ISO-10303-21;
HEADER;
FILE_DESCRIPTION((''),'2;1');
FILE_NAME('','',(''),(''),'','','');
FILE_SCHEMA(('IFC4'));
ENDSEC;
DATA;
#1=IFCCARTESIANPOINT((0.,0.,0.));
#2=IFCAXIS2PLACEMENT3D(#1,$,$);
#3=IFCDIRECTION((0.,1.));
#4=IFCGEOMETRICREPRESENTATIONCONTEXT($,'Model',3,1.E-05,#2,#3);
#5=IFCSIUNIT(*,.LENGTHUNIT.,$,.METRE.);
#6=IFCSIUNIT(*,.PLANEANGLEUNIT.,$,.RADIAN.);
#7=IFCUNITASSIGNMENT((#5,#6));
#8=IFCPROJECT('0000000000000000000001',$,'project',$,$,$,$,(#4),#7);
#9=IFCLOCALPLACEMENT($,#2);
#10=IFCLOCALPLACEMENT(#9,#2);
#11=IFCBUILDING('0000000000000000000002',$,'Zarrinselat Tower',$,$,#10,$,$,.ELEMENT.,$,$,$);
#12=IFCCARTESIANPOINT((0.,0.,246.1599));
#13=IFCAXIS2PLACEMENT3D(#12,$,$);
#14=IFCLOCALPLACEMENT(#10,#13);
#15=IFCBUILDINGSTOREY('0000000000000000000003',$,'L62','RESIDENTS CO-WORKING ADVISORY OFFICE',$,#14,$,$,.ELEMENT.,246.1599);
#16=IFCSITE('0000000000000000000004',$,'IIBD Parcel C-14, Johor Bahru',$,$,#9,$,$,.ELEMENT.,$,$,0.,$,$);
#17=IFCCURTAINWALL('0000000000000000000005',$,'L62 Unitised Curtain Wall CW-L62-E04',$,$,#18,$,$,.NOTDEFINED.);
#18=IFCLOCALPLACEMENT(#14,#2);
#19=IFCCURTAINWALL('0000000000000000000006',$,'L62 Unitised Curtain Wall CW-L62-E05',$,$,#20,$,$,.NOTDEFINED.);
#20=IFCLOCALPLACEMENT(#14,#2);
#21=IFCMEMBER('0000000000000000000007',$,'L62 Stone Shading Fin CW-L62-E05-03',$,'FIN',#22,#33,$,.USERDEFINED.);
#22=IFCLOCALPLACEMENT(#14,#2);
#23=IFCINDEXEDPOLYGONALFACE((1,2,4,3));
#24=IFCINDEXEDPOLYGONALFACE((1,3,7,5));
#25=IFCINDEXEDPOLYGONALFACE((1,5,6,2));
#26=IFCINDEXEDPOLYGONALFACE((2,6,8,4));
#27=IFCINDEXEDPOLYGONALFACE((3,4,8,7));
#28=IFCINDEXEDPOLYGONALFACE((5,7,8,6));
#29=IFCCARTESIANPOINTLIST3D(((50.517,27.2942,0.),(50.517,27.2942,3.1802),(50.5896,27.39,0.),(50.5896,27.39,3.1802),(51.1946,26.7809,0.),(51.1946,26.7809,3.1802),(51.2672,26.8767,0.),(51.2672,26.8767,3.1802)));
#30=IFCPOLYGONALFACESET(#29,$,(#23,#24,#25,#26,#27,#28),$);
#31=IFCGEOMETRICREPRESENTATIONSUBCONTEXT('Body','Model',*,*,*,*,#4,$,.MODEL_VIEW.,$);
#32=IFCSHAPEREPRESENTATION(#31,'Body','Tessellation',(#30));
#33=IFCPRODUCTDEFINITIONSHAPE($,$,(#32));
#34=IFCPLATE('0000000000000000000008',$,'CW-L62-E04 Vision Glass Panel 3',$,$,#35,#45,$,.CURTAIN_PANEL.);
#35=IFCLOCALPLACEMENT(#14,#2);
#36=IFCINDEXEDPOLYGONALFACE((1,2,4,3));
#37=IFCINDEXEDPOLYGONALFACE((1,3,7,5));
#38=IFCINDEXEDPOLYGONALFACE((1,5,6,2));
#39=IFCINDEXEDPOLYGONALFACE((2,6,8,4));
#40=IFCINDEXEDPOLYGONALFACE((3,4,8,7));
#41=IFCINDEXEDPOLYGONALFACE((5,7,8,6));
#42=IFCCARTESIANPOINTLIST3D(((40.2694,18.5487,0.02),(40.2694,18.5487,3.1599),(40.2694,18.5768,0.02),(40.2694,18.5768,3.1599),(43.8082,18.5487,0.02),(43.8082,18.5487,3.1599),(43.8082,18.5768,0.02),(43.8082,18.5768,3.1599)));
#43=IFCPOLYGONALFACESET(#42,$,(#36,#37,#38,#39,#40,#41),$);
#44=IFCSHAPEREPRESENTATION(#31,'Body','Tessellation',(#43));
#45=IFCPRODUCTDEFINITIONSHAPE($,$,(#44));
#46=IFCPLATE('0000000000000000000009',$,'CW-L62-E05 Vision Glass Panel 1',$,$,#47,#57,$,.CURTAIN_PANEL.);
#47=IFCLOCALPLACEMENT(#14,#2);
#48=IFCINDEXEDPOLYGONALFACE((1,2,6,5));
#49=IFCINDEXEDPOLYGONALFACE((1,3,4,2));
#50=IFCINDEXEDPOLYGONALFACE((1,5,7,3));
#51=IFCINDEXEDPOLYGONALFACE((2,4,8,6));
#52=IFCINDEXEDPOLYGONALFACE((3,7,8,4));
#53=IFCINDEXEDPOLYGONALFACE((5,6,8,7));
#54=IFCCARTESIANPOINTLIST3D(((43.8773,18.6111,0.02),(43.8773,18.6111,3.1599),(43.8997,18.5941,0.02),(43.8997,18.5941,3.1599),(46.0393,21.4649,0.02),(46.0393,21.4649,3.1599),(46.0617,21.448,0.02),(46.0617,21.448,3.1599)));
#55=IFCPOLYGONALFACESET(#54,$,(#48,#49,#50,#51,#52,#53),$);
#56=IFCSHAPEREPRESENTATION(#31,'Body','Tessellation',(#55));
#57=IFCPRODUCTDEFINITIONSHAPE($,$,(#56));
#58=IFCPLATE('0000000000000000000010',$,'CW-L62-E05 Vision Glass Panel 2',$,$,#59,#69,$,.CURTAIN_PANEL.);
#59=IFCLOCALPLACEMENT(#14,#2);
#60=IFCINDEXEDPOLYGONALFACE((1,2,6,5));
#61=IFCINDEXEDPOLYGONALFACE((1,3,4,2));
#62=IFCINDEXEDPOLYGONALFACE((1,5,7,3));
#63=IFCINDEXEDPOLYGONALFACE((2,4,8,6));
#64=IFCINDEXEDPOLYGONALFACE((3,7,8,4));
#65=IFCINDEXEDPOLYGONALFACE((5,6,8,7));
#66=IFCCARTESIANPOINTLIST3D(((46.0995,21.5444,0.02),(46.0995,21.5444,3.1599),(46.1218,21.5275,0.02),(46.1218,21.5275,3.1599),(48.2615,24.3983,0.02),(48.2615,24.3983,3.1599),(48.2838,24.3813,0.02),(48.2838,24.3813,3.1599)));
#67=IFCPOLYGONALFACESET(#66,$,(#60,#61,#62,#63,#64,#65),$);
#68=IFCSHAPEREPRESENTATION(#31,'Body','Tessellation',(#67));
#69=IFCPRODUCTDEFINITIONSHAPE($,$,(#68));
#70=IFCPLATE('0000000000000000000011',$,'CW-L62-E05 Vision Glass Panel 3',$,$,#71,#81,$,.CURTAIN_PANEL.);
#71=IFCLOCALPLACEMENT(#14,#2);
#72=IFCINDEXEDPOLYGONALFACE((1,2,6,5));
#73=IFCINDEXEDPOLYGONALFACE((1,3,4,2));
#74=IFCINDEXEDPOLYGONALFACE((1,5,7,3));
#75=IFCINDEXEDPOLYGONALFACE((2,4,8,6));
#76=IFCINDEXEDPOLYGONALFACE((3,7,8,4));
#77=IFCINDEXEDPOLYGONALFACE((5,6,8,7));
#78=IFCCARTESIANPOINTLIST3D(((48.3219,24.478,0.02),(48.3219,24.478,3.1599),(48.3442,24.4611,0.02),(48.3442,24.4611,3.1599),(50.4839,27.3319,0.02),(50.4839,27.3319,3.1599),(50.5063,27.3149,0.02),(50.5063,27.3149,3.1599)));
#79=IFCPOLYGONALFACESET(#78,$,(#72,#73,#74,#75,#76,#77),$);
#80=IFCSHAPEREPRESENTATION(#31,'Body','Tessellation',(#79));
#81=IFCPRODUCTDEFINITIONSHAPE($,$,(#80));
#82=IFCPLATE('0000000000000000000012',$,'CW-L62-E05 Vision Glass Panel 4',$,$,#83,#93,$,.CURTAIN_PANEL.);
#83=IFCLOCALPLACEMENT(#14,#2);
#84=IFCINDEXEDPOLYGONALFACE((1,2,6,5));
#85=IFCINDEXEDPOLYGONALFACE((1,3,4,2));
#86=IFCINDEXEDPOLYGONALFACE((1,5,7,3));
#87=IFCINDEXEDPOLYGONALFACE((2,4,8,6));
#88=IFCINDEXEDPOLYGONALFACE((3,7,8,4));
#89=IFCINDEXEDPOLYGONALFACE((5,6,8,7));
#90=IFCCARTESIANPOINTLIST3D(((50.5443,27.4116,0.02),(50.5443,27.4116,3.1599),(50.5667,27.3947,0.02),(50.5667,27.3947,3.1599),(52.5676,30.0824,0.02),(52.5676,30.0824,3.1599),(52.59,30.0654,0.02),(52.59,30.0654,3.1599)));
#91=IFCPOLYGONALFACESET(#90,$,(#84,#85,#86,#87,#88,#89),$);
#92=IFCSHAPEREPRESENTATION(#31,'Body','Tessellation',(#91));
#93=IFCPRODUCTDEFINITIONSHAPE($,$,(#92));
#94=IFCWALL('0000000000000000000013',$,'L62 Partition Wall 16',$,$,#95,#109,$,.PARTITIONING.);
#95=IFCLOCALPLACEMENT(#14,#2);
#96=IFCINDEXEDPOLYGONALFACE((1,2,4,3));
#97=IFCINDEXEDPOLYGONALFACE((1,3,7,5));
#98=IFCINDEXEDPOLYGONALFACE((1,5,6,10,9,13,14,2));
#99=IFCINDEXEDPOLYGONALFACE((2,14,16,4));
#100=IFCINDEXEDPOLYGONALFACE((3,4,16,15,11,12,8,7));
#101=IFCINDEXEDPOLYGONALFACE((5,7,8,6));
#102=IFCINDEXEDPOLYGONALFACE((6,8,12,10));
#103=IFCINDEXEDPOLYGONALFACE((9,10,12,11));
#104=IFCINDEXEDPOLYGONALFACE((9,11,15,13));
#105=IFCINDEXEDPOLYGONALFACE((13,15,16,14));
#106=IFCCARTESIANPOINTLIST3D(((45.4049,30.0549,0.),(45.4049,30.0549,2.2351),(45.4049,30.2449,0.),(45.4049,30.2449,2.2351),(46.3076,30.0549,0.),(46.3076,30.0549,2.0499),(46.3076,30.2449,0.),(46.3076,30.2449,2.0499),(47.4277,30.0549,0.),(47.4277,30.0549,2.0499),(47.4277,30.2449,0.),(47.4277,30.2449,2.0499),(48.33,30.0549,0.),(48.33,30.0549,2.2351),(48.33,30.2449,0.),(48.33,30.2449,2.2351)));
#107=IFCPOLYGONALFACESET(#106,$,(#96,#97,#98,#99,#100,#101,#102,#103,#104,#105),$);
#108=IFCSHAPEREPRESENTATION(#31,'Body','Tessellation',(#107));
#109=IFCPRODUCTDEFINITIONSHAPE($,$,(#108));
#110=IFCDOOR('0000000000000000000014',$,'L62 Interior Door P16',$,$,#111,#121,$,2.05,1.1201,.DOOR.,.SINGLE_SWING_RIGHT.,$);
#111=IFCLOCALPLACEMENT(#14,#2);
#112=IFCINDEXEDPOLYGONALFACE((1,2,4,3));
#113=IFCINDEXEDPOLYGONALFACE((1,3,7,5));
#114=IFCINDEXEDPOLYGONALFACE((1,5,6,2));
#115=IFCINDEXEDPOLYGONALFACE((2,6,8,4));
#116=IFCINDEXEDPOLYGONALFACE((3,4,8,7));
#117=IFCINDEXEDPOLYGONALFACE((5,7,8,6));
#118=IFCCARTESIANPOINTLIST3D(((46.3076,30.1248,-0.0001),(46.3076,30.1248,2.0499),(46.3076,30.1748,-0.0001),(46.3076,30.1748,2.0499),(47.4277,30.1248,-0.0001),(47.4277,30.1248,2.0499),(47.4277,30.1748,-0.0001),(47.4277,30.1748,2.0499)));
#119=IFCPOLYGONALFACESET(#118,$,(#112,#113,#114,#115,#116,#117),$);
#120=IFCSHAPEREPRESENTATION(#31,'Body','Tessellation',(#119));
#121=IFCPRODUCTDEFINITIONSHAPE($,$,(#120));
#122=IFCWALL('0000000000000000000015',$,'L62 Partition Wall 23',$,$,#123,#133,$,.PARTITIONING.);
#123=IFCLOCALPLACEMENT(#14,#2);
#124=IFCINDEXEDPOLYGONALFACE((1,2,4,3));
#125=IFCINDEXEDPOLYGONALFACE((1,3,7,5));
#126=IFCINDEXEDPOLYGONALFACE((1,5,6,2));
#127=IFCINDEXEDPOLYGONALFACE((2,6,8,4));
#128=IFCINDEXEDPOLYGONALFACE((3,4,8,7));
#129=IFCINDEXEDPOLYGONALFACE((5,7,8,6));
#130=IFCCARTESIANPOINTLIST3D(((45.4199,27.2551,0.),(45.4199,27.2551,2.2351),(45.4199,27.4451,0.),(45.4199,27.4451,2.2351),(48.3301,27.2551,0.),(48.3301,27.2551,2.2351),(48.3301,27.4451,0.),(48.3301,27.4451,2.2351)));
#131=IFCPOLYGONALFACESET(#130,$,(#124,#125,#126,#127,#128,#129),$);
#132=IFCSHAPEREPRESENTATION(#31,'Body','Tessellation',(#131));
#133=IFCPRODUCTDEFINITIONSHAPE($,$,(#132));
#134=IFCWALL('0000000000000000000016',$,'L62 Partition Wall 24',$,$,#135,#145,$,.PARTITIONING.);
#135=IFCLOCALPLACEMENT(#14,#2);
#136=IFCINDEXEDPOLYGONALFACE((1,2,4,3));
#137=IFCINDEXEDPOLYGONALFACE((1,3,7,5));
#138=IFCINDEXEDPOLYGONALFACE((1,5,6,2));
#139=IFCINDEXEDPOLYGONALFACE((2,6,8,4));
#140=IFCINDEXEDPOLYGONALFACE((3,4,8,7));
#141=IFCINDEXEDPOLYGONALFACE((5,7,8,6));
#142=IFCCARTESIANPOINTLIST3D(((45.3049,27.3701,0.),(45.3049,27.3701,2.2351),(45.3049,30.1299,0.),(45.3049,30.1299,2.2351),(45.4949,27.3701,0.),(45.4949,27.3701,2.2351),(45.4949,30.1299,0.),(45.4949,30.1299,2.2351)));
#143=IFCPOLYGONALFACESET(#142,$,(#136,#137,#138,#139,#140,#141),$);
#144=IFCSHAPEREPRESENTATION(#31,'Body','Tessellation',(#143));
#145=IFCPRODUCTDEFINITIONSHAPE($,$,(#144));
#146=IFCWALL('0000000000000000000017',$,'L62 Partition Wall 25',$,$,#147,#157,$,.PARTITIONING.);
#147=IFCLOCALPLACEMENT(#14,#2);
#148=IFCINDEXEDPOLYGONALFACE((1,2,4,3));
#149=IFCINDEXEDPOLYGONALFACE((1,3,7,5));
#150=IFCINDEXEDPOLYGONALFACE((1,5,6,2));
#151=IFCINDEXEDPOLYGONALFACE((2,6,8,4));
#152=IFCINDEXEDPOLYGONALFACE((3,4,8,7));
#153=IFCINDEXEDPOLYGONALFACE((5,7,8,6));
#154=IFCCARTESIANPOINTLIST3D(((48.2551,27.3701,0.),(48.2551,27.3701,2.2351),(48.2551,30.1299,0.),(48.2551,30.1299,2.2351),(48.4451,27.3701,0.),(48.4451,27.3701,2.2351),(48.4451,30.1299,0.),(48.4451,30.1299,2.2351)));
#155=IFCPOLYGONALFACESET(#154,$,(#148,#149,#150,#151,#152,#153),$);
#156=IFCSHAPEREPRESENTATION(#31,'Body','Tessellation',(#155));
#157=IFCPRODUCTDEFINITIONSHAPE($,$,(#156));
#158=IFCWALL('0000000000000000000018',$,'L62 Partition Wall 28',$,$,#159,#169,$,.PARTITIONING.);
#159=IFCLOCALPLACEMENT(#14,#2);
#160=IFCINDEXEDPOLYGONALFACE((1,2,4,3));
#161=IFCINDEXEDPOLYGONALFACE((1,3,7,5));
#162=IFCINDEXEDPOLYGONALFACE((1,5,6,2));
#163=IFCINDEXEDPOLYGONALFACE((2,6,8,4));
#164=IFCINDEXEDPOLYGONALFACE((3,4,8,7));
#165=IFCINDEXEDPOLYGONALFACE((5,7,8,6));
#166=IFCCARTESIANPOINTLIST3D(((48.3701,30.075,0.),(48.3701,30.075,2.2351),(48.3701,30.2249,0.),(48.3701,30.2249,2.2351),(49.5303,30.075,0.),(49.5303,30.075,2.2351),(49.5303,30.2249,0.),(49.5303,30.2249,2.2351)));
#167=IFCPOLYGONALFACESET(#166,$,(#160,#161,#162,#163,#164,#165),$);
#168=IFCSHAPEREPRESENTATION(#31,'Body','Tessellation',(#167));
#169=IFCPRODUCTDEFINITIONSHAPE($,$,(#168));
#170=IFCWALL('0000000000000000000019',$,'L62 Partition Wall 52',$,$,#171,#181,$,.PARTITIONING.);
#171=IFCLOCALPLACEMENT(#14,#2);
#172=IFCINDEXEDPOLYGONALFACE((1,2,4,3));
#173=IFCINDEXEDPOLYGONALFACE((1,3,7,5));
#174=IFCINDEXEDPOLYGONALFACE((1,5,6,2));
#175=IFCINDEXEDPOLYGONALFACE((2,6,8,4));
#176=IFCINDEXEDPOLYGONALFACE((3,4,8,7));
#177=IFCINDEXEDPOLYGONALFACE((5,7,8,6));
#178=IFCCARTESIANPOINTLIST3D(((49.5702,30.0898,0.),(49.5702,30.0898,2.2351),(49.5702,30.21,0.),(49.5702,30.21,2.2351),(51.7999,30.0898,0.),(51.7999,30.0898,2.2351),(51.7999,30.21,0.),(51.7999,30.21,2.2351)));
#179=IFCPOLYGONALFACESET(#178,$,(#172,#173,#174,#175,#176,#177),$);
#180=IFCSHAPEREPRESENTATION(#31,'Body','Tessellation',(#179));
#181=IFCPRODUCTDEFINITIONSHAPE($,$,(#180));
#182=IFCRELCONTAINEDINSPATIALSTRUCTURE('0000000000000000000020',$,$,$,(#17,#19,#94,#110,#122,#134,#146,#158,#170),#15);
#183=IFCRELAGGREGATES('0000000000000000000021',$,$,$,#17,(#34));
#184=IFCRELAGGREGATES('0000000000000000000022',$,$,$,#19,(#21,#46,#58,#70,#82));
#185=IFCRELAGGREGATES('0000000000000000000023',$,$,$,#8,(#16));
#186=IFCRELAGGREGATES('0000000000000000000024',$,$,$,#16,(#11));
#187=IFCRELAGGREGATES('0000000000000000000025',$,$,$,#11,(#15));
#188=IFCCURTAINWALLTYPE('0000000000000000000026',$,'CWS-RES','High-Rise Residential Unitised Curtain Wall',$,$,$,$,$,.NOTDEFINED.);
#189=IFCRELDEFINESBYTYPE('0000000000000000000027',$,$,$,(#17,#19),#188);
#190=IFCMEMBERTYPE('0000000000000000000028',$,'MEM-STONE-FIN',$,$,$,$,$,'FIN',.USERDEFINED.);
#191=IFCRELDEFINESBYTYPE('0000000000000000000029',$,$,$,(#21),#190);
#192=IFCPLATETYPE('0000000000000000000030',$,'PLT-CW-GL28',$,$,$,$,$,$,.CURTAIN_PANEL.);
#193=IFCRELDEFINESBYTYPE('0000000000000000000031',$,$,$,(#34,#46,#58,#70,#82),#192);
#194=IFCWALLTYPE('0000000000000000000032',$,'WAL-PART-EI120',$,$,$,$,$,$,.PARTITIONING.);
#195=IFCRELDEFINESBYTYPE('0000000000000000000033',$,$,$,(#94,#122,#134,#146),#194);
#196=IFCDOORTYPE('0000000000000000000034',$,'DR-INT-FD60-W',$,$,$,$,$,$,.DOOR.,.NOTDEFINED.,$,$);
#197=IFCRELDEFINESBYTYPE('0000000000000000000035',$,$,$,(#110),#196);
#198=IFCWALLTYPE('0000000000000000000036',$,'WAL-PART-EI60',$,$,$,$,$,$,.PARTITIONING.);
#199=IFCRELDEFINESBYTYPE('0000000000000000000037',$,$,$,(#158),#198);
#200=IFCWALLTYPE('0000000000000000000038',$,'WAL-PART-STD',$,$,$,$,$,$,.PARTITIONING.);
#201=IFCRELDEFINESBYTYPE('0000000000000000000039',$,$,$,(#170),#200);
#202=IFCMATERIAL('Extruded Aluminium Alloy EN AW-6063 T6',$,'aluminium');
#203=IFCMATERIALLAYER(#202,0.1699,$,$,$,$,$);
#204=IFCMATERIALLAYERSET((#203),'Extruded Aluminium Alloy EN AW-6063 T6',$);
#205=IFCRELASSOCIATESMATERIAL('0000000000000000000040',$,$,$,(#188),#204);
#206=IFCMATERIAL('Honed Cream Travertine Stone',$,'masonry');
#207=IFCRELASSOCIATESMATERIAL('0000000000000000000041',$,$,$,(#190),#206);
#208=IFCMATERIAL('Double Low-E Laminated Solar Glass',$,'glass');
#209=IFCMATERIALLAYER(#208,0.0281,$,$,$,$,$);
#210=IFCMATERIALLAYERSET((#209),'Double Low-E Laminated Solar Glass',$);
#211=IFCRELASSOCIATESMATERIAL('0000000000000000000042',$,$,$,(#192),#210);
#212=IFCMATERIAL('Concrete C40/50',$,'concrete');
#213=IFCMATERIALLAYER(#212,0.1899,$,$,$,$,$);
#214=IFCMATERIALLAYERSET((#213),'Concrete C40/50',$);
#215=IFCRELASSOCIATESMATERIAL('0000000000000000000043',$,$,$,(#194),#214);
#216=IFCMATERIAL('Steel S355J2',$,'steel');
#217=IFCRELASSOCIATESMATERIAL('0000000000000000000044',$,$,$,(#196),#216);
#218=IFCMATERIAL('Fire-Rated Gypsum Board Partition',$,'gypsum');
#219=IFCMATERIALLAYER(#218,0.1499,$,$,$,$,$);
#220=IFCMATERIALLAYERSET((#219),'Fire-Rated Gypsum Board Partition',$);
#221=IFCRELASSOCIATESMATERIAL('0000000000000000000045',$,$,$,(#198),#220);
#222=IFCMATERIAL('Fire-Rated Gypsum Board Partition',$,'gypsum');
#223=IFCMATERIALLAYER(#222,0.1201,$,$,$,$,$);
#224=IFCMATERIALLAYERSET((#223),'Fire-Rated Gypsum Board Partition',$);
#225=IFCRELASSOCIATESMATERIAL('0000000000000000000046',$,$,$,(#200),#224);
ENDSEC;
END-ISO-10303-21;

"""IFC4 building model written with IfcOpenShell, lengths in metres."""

from ifc_helpers import new_model, si_unit, direction, frame, frame_2d, origin, origin_2d, place, context, subcontext, project, spatial, rectangle, extrude, material, layer, layer_set, material_profile, profile_set, type_object, element, fill, aggregate, save


model = new_model("IFC4")

# Units and contexts
model_context = context("Model", 3, precision=1e-05, world=origin(), true_north=direction((0.0, 1.0)))
body_context = subcontext(model_context, "Body", "Model", "MODEL_VIEW")
ifc_project = project(units=[si_unit("LENGTHUNIT", "METRE"), si_unit("PLANEANGLEUNIT", "RADIAN")], contexts=[model_context])

# Site, building, storey
site_placement = place(None, origin())
site = spatial("IfcSite", under=ifc_project, at=site_placement, Name="IIBD Parcel C-14, Johor Bahru", CompositionType="ELEMENT", RefElevation=0.0)
building_placement = place(site_placement, origin())
building = spatial("IfcBuilding", under=site, at=building_placement, Name="Zarrinselat Tower", CompositionType="ELEMENT")
storey_placement = place(building_placement, frame((0.0, 0.0, 246.1599)))
storey = spatial("IfcBuildingStorey", under=building, at=storey_placement, Name="L62", Description="RESIDENTS CO-WORKING ADVISORY OFFICE", CompositionType="ELEMENT", Elevation=246.1599)

# Curtain walls, member
ifc_material_1 = material(Name="Extruded Aluminium Alloy EN AW-6063 T6", Category="aluminium")
ifc_layer_1 = layer(ifc_material_1, 0.1699)
ifc_layer_set_1 = layer_set([ifc_layer_1], Name="Extruded Aluminium Alloy EN AW-6063 T6")
curtain_wall_type = type_object("IfcCurtainWallType", Name="CWS-RES", Description="High-Rise Residential Unitised Curtain Wall", PredefinedType="NOTDEFINED", material=ifc_layer_set_1)
curtain_wall_1_placement = place(storey_placement, origin())
curtain_wall_1 = element("IfcCurtainWall", 1, at=curtain_wall_1_placement, inside=storey, type_object=curtain_wall_type, Name="L62 Unitised Curtain Wall CW-L62-E04", PredefinedType="NOTDEFINED")
curtain_wall_2_placement = place(storey_placement, origin())
curtain_wall_2 = element("IfcCurtainWall", 2, at=curtain_wall_2_placement, inside=storey, type_object=curtain_wall_type, Name="L62 Unitised Curtain Wall CW-L62-E05", PredefinedType="NOTDEFINED")
ifc_material_2 = material(Name="Honed Cream Travertine Stone", Category="masonry")
ifc_material_profile_1 = material_profile(ifc_material_2, rectangle(XDim=0.1201, YDim=0.8501, at=origin_2d()), Name="FIN 850x120")
ifc_profile_set_1 = profile_set([ifc_material_profile_1], Name="Honed Cream Travertine Stone")
member_type_1 = type_object("IfcMemberType", Name="MEM-STONE-FIN", ElementType="FIN", PredefinedType="USERDEFINED", material=ifc_profile_set_1)
member_1_placement = place(storey_placement, frame((50.8921, 27.0854, 0.0), z_axis=(0.0, 0.0, 1.0), x_axis=(-0.603858, -0.797092, 0.0)))
member_1 = element("IfcMember", 3, at=member_1_placement, type_object=member_type_1, Name="L62 Stone Shading Fin CW-L62-E05-03", ObjectType="FIN", PredefinedType="USERDEFINED", context=body_context, shape_type="SweptSolid", body=[
    extrude(rectangle(XDim=0.1201, YDim=0.8501, at=origin_2d()), origin(), (0.0, 0.0, 1.0), 3.1802),
])

# Plates
ifc_material_3 = material(Name="Double Low-E Laminated Solar Glass", Category="glass")
ifc_layer_2 = layer(ifc_material_3, 0.0281)
ifc_layer_set_2 = layer_set([ifc_layer_2], Name="Double Low-E Laminated Solar Glass")
plate_type = type_object("IfcPlateType", Name="PLT-CW-GL28", PredefinedType="CURTAIN_PANEL", material=ifc_layer_set_2)
plate_1_placement = place(storey_placement, frame((42.0388, 18.5627, 0.02), z_axis=(0.0, 0.0, 1.0), x_axis=(1.0, 0.0, 0.0)))
plate_1 = element("IfcPlate", 4, at=plate_1_placement, type_object=plate_type, Name="CW-L62-E04 Vision Glass Panel 3", PredefinedType="CURTAIN_PANEL", context=body_context, shape_type="SweptSolid", body=[
    extrude(rectangle(XDim=3.5388, YDim=0.0281, at=origin_2d()), origin(), (0.0, 0.0, 1.0), 3.1399),
])
aggregate(curtain_wall_1, [plate_1])
plate_2_placement = place(storey_placement, frame((44.9695, 20.0295, 0.02), z_axis=(0.0, 0.0, 1.0), x_axis=(0.603858, 0.797092, 0.0)))
plate_2 = element("IfcPlate", 5, at=plate_2_placement, type_object=plate_type, Name="CW-L62-E05 Vision Glass Panel 1", PredefinedType="CURTAIN_PANEL", context=body_context, shape_type="SweptSolid", body=[
    extrude(rectangle(XDim=3.5803, YDim=0.0281, at=origin_2d()), origin(), (0.0, 0.0, 1.0), 3.1399),
])
plate_3_placement = place(storey_placement, frame((47.1917, 22.9629, 0.02), z_axis=(0.0, 0.0, 1.0), x_axis=(0.603858, 0.797092, 0.0)))
plate_3 = element("IfcPlate", 6, at=plate_3_placement, type_object=plate_type, Name="CW-L62-E05 Vision Glass Panel 2", PredefinedType="CURTAIN_PANEL", context=body_context, shape_type="SweptSolid", body=[
    extrude(rectangle(XDim=3.5803, YDim=0.0281, at=origin_2d()), origin(), (0.0, 0.0, 1.0), 3.1399),
])
plate_4_placement = place(storey_placement, frame((49.4141, 25.8965, 0.02), z_axis=(0.0, 0.0, 1.0), x_axis=(0.603858, 0.797092, 0.0)))
plate_4 = element("IfcPlate", 7, at=plate_4_placement, type_object=plate_type, Name="CW-L62-E05 Vision Glass Panel 3", PredefinedType="CURTAIN_PANEL", context=body_context, shape_type="SweptSolid", body=[
    extrude(rectangle(XDim=3.5803, YDim=0.0281, at=origin_2d()), origin(), (0.0, 0.0, 1.0), 3.1399),
])
plate_5_placement = place(storey_placement, frame((51.5671, 28.7385, 0.02), z_axis=(0.0, 0.0, 1.0), x_axis=(0.603858, 0.797092, 0.0)))
plate_5 = element("IfcPlate", 8, at=plate_5_placement, type_object=plate_type, Name="CW-L62-E05 Vision Glass Panel 4", PredefinedType="CURTAIN_PANEL", context=body_context, shape_type="SweptSolid", body=[
    extrude(rectangle(XDim=3.3506, YDim=0.0281, at=origin_2d()), origin(), (0.0, 0.0, 1.0), 3.1399),
])
aggregate(curtain_wall_2, [member_1, plate_2, plate_3, plate_4, plate_5])

# Wall, opening, door
ifc_material_4 = material(Name="Concrete C40/50", Category="concrete")
ifc_layer_3 = layer(ifc_material_4, 0.1899)
ifc_layer_set_3 = layer_set([ifc_layer_3], Name="Concrete C40/50")
wall_type_1 = type_object("IfcWallType", Name="WAL-PART-EI120", PredefinedType="PARTITIONING", material=ifc_layer_set_3)
wall_1_placement = place(storey_placement, frame((45.405, 30.1499, 0.0), z_axis=(0.0, 0.0, 1.0), x_axis=(1.0, 0.0, 0.0)))
wall_1 = element("IfcWall", 9, at=wall_1_placement, inside=storey, type_object=wall_type_1, Name="L62 Partition Wall 16", PredefinedType="PARTITIONING", context=body_context, shape_type="SweptSolid", body=[
    extrude(rectangle(XDim=2.925, YDim=0.1899, at=frame_2d((1.4624, 0.0))), origin(), (0.0, 0.0, 1.0), 2.2351),
])
opening_placement = place(wall_1_placement, frame((0.9026, 0.0, 0.0)))
opening = element("IfcOpeningElement", 10, at=opening_placement, cuts=wall_1, PredefinedType="OPENING", context=body_context, shape_type="SweptSolid", body=[
    extrude(rectangle(XDim=1.1201, YDim=2.05, at=frame_2d((0.5601, 1.0249))), frame((0.0, 0.105, 0.0), z_axis=(0.0, -1.0, 0.0), x_axis=(1.0, 0.0, 0.0)), (0.0, 0.0, 1.0), 0.21),
])
ifc_material_5 = material(Name="Steel S355J2", Category="steel")
door_type = type_object("IfcDoorType", Name="DR-INT-FD60-W", OperationType="NOTDEFINED", PredefinedType="DOOR", material=ifc_material_5)
door_placement = place(opening_placement, origin())
door = element("IfcDoor", 11, at=door_placement, inside=storey, type_object=door_type, Name="L62 Interior Door P16", OperationType="SINGLE_SWING_RIGHT", OverallHeight=2.05, OverallWidth=1.1201, PredefinedType="DOOR", context=body_context, shape_type="SweptSolid", body=[
    extrude(rectangle(XDim=1.1201, YDim=2.05, at=frame_2d((0.5601, 1.0249))), frame((0.0, 0.0249, 0.0), z_axis=(0.0, -1.0, 0.0), x_axis=(1.0, 0.0, 0.0)), (0.0, 0.0, 1.0), 0.05),
])
fill(opening, door)

# Walls
wall_2_placement = place(storey_placement, frame((45.4199, 27.3501, 0.0), z_axis=(0.0, 0.0, 1.0), x_axis=(1.0, 0.0, 0.0)))
element("IfcWall", 12, at=wall_2_placement, inside=storey, type_object=wall_type_1, Name="L62 Partition Wall 23", PredefinedType="PARTITIONING", context=body_context, shape_type="SweptSolid", body=[
    extrude(rectangle(XDim=2.9102, YDim=0.1899, at=frame_2d((1.4551, 0.0))), origin(), (0.0, 0.0, 1.0), 2.2351),
])
for number, where, z_axis, x_axis, name in (
    (13, (45.3999, 27.3701, 0.0), (0.0, 0.0, 1.0), (0.0, 1.0, 0.0), "L62 Partition Wall 24"),
    (14, (48.3501, 27.3701, 0.0), (0.0, 0.0, 1.0), (0.0, 1.0, 0.0), "L62 Partition Wall 25"),
):
    element("IfcWall", number, at=place(storey_placement, frame(where, z_axis=z_axis, x_axis=x_axis)), inside=storey, type_object=wall_type_1, Name=name, PredefinedType="PARTITIONING", context=body_context, shape_type="SweptSolid", body=[
        extrude(rectangle(XDim=2.7598, YDim=0.1899, at=frame_2d((1.3799, 0.0))), origin(), (0.0, 0.0, 1.0), 2.2351),
    ])
ifc_material_6 = material(Name="Fire-Rated Gypsum Board Partition", Category="gypsum")
ifc_layer_4 = layer(ifc_material_6, 0.1499)
ifc_layer_set_4 = layer_set([ifc_layer_4], Name="Fire-Rated Gypsum Board Partition")
wall_type_2 = type_object("IfcWallType", Name="WAL-PART-EI60", PredefinedType="PARTITIONING", material=ifc_layer_set_4)
wall_3_placement = place(storey_placement, frame((48.3701, 30.1499, 0.0), z_axis=(0.0, 0.0, 1.0), x_axis=(1.0, 0.0, 0.0)))
element("IfcWall", 15, at=wall_3_placement, inside=storey, type_object=wall_type_2, Name="L62 Partition Wall 28", PredefinedType="PARTITIONING", context=body_context, shape_type="SweptSolid", body=[
    extrude(rectangle(XDim=1.1602, YDim=0.1499, at=frame_2d((0.5801, 0.0))), origin(), (0.0, 0.0, 1.0), 2.2351),
])
ifc_material_7 = material(Name="Fire-Rated Gypsum Board Partition", Category="gypsum")
ifc_layer_5 = layer(ifc_material_7, 0.1201)
ifc_layer_set_5 = layer_set([ifc_layer_5], Name="Fire-Rated Gypsum Board Partition")
wall_type_3 = type_object("IfcWallType", Name="WAL-PART-STD", PredefinedType="PARTITIONING", material=ifc_layer_set_5)
wall_4_placement = place(storey_placement, frame((49.5703, 30.1499, 0.0), z_axis=(0.0, 0.0, 1.0), x_axis=(1.0, 0.0, 0.0)))
element("IfcWall", 16, at=wall_4_placement, inside=storey, type_object=wall_type_3, Name="L62 Partition Wall 52", PredefinedType="PARTITIONING", context=body_context, shape_type="SweptSolid", body=[
    extrude(rectangle(XDim=2.2297, YDim=0.1201, at=frame_2d((1.1147, 0.0))), origin(), (0.0, 0.0, 1.0), 2.2351),
])

save(model, "model.ifc")
